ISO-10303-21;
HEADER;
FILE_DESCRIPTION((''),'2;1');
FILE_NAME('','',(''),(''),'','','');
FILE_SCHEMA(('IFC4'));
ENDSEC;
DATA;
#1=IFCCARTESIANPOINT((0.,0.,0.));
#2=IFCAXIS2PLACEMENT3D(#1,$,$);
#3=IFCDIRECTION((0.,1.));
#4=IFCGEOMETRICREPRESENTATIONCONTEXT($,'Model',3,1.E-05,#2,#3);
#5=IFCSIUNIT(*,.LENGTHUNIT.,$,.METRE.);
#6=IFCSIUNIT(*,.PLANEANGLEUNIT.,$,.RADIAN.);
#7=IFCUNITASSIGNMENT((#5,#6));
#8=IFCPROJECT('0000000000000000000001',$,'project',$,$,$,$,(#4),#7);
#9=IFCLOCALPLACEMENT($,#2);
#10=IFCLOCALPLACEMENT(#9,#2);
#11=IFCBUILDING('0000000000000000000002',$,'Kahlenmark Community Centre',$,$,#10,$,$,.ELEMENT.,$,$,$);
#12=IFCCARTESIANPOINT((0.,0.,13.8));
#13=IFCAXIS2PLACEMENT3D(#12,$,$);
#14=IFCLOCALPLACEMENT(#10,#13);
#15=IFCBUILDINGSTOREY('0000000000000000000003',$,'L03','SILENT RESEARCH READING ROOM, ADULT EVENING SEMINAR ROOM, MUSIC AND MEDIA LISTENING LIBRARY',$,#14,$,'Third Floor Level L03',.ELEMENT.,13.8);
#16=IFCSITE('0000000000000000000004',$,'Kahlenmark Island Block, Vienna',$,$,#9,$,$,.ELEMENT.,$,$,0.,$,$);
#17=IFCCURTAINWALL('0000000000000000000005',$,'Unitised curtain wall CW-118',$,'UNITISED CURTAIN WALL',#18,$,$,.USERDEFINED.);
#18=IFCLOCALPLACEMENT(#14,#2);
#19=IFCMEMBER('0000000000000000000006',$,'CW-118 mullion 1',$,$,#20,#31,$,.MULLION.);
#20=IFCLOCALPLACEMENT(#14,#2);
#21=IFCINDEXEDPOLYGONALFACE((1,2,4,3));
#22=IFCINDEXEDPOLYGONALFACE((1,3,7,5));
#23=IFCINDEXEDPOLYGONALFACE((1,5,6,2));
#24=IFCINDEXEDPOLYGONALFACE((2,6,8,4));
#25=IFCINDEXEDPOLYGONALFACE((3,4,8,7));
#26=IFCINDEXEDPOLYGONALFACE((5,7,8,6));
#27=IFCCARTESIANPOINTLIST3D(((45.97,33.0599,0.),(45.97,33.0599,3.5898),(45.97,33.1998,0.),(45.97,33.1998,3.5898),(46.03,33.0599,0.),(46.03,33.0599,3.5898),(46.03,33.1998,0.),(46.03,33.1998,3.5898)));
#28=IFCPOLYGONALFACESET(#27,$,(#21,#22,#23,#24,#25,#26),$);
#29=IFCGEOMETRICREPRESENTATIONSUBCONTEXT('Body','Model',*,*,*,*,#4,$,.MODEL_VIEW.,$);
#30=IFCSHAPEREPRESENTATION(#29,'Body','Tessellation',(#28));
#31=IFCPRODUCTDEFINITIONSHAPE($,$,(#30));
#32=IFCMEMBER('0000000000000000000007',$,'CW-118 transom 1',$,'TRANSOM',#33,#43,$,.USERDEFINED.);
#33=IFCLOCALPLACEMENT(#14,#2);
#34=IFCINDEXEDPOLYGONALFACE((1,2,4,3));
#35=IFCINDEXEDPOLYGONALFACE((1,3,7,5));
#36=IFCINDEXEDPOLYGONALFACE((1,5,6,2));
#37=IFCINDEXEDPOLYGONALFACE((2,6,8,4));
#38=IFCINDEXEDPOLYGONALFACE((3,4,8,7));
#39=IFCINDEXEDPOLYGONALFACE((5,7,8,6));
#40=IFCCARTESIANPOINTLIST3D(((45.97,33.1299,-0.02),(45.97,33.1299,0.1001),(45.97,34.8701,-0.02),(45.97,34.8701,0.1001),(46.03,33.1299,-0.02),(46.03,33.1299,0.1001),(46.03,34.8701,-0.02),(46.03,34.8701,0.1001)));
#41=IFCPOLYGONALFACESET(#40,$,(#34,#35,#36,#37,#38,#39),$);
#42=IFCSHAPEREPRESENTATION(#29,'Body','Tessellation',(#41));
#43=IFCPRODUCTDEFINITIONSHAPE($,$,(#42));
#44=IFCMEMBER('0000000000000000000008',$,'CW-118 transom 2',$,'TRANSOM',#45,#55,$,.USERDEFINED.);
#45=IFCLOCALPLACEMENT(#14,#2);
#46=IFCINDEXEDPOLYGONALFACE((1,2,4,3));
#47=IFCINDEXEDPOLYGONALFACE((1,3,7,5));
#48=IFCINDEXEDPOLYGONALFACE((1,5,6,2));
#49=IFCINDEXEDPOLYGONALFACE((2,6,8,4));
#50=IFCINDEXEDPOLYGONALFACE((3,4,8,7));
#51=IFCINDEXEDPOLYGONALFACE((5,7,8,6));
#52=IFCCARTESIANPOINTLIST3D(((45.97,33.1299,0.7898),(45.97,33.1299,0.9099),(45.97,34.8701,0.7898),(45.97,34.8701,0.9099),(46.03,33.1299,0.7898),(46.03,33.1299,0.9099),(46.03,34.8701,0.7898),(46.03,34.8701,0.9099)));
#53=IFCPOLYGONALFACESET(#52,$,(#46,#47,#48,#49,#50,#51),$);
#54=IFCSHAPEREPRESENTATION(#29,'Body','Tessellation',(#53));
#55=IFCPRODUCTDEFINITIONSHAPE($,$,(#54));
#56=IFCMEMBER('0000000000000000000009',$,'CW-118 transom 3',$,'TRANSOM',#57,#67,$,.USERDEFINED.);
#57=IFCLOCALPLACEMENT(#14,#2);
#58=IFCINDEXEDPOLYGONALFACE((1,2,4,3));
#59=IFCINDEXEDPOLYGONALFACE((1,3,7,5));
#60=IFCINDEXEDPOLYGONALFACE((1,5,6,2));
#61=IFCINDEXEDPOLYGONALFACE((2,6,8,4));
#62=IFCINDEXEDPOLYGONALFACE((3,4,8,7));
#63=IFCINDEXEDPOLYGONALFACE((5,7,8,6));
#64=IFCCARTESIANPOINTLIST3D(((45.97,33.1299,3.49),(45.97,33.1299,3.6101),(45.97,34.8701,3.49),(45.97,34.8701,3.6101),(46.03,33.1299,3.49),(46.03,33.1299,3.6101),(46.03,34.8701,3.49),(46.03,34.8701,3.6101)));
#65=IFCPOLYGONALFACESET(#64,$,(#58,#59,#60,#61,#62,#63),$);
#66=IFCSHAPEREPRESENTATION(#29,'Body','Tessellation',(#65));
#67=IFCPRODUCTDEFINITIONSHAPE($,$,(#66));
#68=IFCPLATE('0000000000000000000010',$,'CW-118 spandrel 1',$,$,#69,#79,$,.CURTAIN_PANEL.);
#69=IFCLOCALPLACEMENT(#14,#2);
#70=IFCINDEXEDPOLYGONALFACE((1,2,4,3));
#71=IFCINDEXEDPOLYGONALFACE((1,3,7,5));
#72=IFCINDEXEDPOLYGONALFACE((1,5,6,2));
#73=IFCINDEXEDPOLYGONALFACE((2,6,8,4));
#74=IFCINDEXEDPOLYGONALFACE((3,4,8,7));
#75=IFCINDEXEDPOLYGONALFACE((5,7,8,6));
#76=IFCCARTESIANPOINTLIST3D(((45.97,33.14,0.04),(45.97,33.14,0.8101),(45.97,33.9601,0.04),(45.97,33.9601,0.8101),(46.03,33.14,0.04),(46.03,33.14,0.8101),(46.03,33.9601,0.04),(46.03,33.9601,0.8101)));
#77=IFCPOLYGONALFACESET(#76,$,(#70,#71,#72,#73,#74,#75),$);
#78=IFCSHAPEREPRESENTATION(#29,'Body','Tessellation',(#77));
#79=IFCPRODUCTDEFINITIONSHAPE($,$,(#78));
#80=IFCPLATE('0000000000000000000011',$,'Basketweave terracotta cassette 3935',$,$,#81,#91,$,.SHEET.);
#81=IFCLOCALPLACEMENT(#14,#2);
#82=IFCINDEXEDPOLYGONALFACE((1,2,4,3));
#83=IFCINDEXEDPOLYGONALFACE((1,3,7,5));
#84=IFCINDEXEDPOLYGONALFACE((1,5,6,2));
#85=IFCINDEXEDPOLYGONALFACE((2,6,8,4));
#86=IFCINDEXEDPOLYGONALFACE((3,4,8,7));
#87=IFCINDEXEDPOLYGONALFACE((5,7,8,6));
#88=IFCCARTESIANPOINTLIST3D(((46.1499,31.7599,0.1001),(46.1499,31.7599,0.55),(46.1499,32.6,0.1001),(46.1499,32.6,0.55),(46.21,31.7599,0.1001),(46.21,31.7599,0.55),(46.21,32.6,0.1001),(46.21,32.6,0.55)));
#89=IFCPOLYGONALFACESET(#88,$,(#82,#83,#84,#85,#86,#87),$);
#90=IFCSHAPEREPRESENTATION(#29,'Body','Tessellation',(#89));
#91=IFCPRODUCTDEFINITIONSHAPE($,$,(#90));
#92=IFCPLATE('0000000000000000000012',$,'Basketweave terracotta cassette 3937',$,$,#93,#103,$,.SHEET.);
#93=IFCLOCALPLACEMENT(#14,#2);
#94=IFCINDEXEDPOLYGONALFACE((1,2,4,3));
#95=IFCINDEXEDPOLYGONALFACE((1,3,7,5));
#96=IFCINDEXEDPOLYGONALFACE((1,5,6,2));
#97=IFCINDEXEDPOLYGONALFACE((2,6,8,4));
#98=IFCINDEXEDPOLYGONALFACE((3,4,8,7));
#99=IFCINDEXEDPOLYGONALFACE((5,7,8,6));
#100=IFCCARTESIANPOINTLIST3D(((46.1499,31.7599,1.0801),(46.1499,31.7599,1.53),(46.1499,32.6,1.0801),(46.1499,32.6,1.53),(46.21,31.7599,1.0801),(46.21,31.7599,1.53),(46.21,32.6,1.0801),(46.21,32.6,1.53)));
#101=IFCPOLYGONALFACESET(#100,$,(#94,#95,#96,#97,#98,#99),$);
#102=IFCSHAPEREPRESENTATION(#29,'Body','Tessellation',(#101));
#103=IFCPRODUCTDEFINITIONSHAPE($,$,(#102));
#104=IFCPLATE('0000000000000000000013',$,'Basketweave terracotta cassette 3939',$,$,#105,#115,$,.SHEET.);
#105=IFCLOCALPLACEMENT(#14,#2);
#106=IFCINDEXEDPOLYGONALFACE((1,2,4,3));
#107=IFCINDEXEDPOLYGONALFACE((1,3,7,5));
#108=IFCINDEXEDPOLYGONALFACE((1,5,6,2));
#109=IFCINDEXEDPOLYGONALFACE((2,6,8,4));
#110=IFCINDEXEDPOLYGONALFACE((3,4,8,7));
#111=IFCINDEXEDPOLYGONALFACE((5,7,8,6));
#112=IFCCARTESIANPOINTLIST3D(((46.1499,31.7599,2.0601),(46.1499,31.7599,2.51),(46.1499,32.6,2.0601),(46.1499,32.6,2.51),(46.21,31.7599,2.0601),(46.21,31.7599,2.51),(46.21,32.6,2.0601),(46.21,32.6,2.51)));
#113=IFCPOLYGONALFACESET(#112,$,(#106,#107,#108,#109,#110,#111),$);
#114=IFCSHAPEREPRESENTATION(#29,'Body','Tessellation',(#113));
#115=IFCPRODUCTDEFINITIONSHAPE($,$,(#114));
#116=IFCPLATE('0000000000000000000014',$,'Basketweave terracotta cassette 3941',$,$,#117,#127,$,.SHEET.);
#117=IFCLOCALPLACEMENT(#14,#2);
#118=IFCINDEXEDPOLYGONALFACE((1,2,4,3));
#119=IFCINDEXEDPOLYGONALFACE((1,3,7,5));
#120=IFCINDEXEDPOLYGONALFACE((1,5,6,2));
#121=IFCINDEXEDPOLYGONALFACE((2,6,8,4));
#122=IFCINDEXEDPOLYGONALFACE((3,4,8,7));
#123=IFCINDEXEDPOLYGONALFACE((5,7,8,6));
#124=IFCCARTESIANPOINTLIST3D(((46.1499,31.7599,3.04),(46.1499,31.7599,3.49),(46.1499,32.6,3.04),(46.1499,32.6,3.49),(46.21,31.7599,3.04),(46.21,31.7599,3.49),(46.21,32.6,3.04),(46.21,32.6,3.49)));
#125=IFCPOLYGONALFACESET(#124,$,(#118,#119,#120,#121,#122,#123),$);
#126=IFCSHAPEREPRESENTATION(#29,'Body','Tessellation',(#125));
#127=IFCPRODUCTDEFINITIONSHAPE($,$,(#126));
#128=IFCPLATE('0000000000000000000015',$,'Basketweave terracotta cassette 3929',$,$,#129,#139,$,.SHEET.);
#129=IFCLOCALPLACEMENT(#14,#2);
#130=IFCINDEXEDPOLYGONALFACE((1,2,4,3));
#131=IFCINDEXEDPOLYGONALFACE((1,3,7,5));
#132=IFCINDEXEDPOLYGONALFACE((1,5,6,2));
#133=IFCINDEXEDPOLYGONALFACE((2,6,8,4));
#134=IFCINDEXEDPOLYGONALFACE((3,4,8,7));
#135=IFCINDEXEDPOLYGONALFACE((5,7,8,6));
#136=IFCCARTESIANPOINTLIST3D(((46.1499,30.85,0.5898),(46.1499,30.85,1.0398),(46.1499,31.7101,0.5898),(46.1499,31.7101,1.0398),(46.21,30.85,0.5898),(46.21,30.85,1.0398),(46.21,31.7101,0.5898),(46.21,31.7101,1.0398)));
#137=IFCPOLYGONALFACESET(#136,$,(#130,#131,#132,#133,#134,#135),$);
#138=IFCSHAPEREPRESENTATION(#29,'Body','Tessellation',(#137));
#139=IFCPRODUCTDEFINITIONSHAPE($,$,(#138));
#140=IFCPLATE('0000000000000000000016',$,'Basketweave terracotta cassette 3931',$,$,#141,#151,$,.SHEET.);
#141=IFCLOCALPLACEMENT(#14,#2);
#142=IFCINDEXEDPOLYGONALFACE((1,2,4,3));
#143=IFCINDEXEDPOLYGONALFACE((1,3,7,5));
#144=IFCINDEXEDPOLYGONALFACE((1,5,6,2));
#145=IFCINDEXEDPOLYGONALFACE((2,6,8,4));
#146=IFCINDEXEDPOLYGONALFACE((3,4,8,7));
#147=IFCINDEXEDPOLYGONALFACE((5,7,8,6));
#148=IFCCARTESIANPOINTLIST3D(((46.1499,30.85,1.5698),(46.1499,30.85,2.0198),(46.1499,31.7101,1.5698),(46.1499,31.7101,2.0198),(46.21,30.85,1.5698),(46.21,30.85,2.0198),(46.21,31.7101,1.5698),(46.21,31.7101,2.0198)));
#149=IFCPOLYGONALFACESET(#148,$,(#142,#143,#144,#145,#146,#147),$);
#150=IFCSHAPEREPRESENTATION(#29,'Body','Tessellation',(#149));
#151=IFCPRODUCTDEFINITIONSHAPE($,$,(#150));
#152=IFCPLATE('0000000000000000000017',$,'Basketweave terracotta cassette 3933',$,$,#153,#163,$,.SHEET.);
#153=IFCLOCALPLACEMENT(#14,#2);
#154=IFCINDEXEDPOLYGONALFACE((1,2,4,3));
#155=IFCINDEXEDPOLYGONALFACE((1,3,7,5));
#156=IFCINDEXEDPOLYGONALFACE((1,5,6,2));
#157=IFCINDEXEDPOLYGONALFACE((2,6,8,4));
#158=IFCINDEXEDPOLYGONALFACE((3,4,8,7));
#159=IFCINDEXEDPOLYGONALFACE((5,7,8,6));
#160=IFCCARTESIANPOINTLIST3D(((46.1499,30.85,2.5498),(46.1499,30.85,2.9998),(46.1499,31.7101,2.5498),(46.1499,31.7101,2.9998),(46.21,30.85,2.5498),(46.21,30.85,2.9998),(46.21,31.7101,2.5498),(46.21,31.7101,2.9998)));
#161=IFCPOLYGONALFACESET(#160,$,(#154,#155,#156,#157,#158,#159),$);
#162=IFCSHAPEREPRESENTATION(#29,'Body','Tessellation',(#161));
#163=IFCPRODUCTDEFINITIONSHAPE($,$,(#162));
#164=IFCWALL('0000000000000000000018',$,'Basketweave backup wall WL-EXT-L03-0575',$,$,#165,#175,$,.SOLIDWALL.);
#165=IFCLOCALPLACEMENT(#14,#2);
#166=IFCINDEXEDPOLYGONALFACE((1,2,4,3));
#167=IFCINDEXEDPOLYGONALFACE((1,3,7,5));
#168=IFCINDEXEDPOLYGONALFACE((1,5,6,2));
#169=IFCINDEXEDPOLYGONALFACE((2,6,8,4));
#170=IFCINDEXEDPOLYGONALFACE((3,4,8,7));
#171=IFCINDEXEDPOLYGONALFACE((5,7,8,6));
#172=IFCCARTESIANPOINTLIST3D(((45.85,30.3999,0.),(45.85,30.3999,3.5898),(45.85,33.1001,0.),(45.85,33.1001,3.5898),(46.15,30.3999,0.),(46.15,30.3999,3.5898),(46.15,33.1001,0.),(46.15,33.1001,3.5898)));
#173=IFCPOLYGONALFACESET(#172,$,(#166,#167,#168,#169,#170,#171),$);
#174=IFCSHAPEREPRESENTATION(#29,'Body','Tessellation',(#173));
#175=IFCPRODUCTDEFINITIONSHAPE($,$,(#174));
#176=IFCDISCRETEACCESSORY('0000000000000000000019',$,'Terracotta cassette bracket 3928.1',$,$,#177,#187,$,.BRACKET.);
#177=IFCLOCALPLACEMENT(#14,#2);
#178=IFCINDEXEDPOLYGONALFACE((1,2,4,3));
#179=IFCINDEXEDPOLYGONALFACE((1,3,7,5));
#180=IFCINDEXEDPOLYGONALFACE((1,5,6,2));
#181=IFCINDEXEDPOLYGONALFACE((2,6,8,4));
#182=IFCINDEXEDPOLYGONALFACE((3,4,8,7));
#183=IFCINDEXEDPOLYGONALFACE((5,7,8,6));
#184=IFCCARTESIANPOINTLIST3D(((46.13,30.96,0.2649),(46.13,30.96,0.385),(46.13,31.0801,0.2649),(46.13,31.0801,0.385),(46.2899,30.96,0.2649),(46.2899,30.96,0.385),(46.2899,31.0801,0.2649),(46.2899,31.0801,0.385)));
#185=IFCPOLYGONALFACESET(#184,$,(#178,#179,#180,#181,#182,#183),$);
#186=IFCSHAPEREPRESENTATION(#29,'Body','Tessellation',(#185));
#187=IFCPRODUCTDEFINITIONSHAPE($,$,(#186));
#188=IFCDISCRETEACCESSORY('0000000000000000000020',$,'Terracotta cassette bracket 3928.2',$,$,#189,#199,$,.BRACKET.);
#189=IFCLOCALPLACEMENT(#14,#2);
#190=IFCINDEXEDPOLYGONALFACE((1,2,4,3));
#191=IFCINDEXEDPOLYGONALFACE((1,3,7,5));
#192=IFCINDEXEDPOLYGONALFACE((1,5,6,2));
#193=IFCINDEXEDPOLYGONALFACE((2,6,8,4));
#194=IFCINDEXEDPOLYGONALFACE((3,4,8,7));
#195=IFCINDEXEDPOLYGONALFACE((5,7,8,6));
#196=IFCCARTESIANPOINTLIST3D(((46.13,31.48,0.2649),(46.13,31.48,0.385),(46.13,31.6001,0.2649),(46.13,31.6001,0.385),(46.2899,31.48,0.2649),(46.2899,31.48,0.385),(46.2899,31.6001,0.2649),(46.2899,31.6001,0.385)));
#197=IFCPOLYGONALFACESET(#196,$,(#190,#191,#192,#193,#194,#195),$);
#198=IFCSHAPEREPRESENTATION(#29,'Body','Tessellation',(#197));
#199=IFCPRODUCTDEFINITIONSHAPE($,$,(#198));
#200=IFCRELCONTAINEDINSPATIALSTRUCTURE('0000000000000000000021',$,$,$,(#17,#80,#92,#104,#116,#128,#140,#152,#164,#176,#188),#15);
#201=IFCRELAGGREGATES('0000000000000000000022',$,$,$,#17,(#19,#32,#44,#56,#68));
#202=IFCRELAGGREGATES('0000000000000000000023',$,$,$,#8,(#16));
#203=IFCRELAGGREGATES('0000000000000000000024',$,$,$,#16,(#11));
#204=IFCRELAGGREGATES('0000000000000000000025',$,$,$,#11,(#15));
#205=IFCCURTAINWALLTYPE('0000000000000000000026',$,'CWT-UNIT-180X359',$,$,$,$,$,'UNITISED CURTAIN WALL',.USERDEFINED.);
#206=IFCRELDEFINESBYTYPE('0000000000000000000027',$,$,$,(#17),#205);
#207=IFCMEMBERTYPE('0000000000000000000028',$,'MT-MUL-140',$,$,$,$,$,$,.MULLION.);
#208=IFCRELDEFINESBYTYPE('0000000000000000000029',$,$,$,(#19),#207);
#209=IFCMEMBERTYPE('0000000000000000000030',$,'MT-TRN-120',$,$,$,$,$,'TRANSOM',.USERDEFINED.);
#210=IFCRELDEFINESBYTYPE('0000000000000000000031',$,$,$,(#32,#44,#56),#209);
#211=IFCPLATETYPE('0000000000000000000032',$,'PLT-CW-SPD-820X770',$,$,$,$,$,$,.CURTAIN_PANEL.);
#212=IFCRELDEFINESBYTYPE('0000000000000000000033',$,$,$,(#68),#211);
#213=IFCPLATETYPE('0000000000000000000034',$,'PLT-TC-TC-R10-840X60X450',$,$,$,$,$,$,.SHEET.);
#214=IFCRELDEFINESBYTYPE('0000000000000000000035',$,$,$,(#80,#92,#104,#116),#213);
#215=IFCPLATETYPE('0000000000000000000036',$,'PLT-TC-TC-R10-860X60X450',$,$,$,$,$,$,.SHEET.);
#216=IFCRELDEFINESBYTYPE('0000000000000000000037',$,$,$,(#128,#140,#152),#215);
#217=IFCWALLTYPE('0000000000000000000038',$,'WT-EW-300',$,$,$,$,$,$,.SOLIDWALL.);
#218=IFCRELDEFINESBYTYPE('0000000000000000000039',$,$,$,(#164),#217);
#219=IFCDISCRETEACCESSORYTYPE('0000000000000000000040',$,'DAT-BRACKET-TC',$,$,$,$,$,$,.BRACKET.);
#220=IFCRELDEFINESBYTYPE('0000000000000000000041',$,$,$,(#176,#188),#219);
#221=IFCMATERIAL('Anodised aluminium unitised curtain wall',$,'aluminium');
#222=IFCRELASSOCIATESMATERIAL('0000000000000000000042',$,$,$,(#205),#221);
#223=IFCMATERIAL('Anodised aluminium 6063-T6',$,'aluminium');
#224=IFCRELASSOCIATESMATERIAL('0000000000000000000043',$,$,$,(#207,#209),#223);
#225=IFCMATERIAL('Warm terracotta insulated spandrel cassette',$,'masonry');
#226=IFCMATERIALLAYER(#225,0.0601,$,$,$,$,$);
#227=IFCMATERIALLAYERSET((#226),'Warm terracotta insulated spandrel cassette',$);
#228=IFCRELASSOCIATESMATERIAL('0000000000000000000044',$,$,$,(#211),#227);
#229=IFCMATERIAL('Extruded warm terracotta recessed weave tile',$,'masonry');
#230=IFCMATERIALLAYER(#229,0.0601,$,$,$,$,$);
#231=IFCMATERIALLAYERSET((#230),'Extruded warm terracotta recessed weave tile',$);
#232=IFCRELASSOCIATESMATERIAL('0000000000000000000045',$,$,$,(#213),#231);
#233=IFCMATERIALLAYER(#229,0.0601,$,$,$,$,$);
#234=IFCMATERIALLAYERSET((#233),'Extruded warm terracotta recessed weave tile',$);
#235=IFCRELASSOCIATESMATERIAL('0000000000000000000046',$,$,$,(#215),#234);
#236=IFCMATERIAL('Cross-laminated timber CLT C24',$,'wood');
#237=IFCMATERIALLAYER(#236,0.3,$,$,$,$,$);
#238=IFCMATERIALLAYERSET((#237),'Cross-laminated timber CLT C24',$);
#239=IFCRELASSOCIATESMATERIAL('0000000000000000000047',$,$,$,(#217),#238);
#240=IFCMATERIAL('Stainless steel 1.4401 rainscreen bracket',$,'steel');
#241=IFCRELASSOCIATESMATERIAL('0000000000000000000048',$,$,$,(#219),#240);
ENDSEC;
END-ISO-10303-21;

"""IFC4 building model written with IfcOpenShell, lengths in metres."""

from ifc_helpers import new_model, si_unit, direction, frame, frame_2d, origin, origin_2d, place, context, subcontext, project, spatial, rectangle, extrude, material, layer, layer_set, material_profile, profile_set, type_object, element, aggregate, save


model = new_model("IFC4")

# Units and contexts
model_context = context("Model", 3, precision=1e-05, world=origin(), true_north=direction((0.0, 1.0)))
body_context = subcontext(model_context, "Body", "Model", "MODEL_VIEW")
ifc_project = project(units=[si_unit("LENGTHUNIT", "METRE"), si_unit("PLANEANGLEUNIT", "RADIAN")], contexts=[model_context])

# Site, building, storey
site_placement = place(None, origin())
site = spatial("IfcSite", under=ifc_project, at=site_placement, Name="Kahlenmark Island Block, Vienna", CompositionType="ELEMENT", RefElevation=0.0)
building_placement = place(site_placement, origin())
building = spatial("IfcBuilding", under=site, at=building_placement, Name="Kahlenmark Community Centre", CompositionType="ELEMENT")
storey_placement = place(building_placement, frame((0.0, 0.0, 13.8)))
storey = spatial("IfcBuildingStorey", under=building, at=storey_placement, Name="L03", Description="SILENT RESEARCH READING ROOM, ADULT EVENING SEMINAR ROOM, MUSIC AND MEDIA LISTENING LIBRARY", LongName="Third Floor Level L03", CompositionType="ELEMENT", Elevation=13.8)

# Curtain wall, members, plate
ifc_material_1 = material(Name="Anodised aluminium unitised curtain wall", Category="aluminium")
curtain_wall_type = type_object("IfcCurtainWallType", Name="CWT-UNIT-180X359", ElementType="UNITISED CURTAIN WALL", PredefinedType="USERDEFINED", material=ifc_material_1)
curtain_wall_placement = place(storey_placement, origin())
curtain_wall = element("IfcCurtainWall", 1, at=curtain_wall_placement, inside=storey, type_object=curtain_wall_type, Name="Unitised curtain wall CW-118", ObjectType="UNITISED CURTAIN WALL", PredefinedType="USERDEFINED")
ifc_material_2 = material(Name="Anodised aluminium 6063-T6", Category="aluminium")
ifc_material_profile_1 = material_profile(ifc_material_2, rectangle(XDim=0.0601, YDim=0.1399, at=origin_2d()), Name="ALU MULLION 60x140")
ifc_profile_set_1 = profile_set([ifc_material_profile_1], Name="Anodised aluminium 6063-T6")
member_type_1 = type_object("IfcMemberType", Name="MT-MUL-140", PredefinedType="MULLION", material=ifc_profile_set_1)
member_1_placement = place(storey_placement, frame((46.0, 33.1299, 0.0), z_axis=(0.0, 0.0, 1.0), x_axis=(-1.0, 0.0, 0.0)))
member_1 = element("IfcMember", 2, at=member_1_placement, type_object=member_type_1, Name="CW-118 mullion 1", PredefinedType="MULLION", context=body_context, shape_type="SweptSolid", body=[
    extrude(rectangle(XDim=0.0601, YDim=0.1399, at=origin_2d()), origin(), (0.0, 0.0, 1.0), 3.5898),
])
ifc_material_profile_2 = material_profile(ifc_material_2, rectangle(XDim=0.0601, YDim=0.1201, at=origin_2d()), Name="ALU TRANSOM 60x120")
ifc_profile_set_2 = profile_set([ifc_material_profile_2], Name="Anodised aluminium 6063-T6")
member_type_2 = type_object("IfcMemberType", Name="MT-TRN-120", ElementType="TRANSOM", PredefinedType="USERDEFINED", material=ifc_profile_set_2)
member_2_placement = place(storey_placement, frame((46.0, 33.1299, 0.04), z_axis=(0.0, 1.0, 0.0), x_axis=(-1.0, 0.0, 0.0)))
member_2 = element("IfcMember", 3, at=member_2_placement, type_object=member_type_2, Name="CW-118 transom 1", ObjectType="TRANSOM", PredefinedType="USERDEFINED", context=body_context, shape_type="SweptSolid", body=[
    extrude(rectangle(XDim=0.0601, YDim=0.1201, at=origin_2d()), origin(), (0.0, 0.0, 1.0), 1.7402),
])
member_3_placement = place(storey_placement, frame((46.0, 33.1299, 0.8499), z_axis=(0.0, 1.0, 0.0), x_axis=(-1.0, 0.0, 0.0)))
member_3 = element("IfcMember", 4, at=member_3_placement, type_object=member_type_2, Name="CW-118 transom 2", ObjectType="TRANSOM", PredefinedType="USERDEFINED", context=body_context, shape_type="SweptSolid", body=[
    extrude(rectangle(XDim=0.0601, YDim=0.1201, at=origin_2d()), origin(), (0.0, 0.0, 1.0), 1.7402),
])
member_4_placement = place(storey_placement, frame((46.0, 33.1299, 3.55), z_axis=(0.0, 1.0, 0.0), x_axis=(-1.0, 0.0, 0.0)))
member_4 = element("IfcMember", 5, at=member_4_placement, type_object=member_type_2, Name="CW-118 transom 3", ObjectType="TRANSOM", PredefinedType="USERDEFINED", context=body_context, shape_type="SweptSolid", body=[
    extrude(rectangle(XDim=0.0601, YDim=0.1201, at=origin_2d()), origin(), (0.0, 0.0, 1.0), 1.7402),
])
ifc_material_3 = material(Name="Warm terracotta insulated spandrel cassette", Category="masonry")
ifc_layer_1 = layer(ifc_material_3, 0.0601)
ifc_layer_set_1 = layer_set([ifc_layer_1], Name="Warm terracotta insulated spandrel cassette")
plate_type_1 = type_object("IfcPlateType", Name="PLT-CW-SPD-820X770", PredefinedType="CURTAIN_PANEL", material=ifc_layer_set_1)
plate_placement = place(storey_placement, frame((46.0, 33.55, 0.04), z_axis=(0.0, 0.0, 1.0), x_axis=(0.0, 1.0, 0.0)))
plate = element("IfcPlate", 6, at=plate_placement, type_object=plate_type_1, Name="CW-118 spandrel 1", PredefinedType="CURTAIN_PANEL", context=body_context, shape_type="SweptSolid", body=[
    extrude(rectangle(XDim=0.8201, YDim=0.0601, at=origin_2d()), origin(), (0.0, 0.0, 1.0), 0.77),
])
aggregate(curtain_wall, [member_1, member_2, member_3, member_4, plate])

# Plates
ifc_material_4 = material(Name="Extruded warm terracotta recessed weave tile", Category="masonry")
ifc_layer_2 = layer(ifc_material_4, 0.0601)
ifc_layer_set_2 = layer_set([ifc_layer_2], Name="Extruded warm terracotta recessed weave tile")
plate_type_2 = type_object("IfcPlateType", Name="PLT-TC-TC-R10-840X60X450", PredefinedType="SHEET", material=ifc_layer_set_2)
for number, where, z_axis, x_axis, name in (
    (7, (46.1799, 32.1799, 0.1001), (0.0, 0.0, 1.0), (0.0, 1.0, 0.0), "Basketweave terracotta cassette 3935"),
    (8, (46.1799, 32.1799, 1.0801), (0.0, 0.0, 1.0), (0.0, 1.0, 0.0), "Basketweave terracotta cassette 3937"),
    (9, (46.1799, 32.1799, 2.0601), (0.0, 0.0, 1.0), (0.0, 1.0, 0.0), "Basketweave terracotta cassette 3939"),
    (10, (46.1799, 32.1799, 3.04), (0.0, 0.0, 1.0), (0.0, 1.0, 0.0), "Basketweave terracotta cassette 3941"),
):
    element("IfcPlate", number, at=place(storey_placement, frame(where, z_axis=z_axis, x_axis=x_axis)), inside=storey, type_object=plate_type_2, Name=name, PredefinedType="SHEET", context=body_context, shape_type="SweptSolid", body=[
        extrude(rectangle(XDim=0.8401, YDim=0.0601, at=origin_2d()), origin(), (0.0, 0.0, 1.0), 0.45),
    ])
ifc_layer_3 = layer(ifc_material_4, 0.0601)
ifc_layer_set_3 = layer_set([ifc_layer_3], Name="Extruded warm terracotta recessed weave tile")
plate_type_3 = type_object("IfcPlateType", Name="PLT-TC-TC-R10-860X60X450", PredefinedType="SHEET", material=ifc_layer_set_3)
for number, where, z_axis, x_axis, name in (
    (11, (46.1799, 31.28, 0.5898), (0.0, 0.0, 1.0), (0.0, 1.0, 0.0), "Basketweave terracotta cassette 3929"),
    (12, (46.1799, 31.28, 1.5698), (0.0, 0.0, 1.0), (0.0, 1.0, 0.0), "Basketweave terracotta cassette 3931"),
    (13, (46.1799, 31.28, 2.5498), (0.0, 0.0, 1.0), (0.0, 1.0, 0.0), "Basketweave terracotta cassette 3933"),
):
    element("IfcPlate", number, at=place(storey_placement, frame(where, z_axis=z_axis, x_axis=x_axis)), inside=storey, type_object=plate_type_3, Name=name, PredefinedType="SHEET", context=body_context, shape_type="SweptSolid", body=[
        extrude(rectangle(XDim=0.8601, YDim=0.0601, at=origin_2d()), origin(), (0.0, 0.0, 1.0), 0.45),
    ])

# Wall
ifc_material_5 = material(Name="Cross-laminated timber CLT C24", Category="wood")
ifc_layer_4 = layer(ifc_material_5, 0.3)
ifc_layer_set_4 = layer_set([ifc_layer_4], Name="Cross-laminated timber CLT C24")
wall_type = type_object("IfcWallType", Name="WT-EW-300", PredefinedType="SOLIDWALL", material=ifc_layer_set_4)
wall_placement = place(storey_placement, frame((46.0, 30.3999, 0.0), z_axis=(0.0, 0.0, 1.0), x_axis=(0.0, 1.0, 0.0)))
element("IfcWall", 14, at=wall_placement, inside=storey, type_object=wall_type, Name="Basketweave backup wall WL-EXT-L03-0575", PredefinedType="SOLIDWALL", context=body_context, shape_type="SweptSolid", body=[
    extrude(rectangle(XDim=2.7002, YDim=0.3, at=frame_2d((1.3501, 0.0))), origin(), (0.0, 0.0, 1.0), 3.5898),
])

# Discrete accessories
ifc_material_6 = material(Name="Stainless steel 1.4401 rainscreen bracket", Category="steel")
discrete_accessory_type = type_object("IfcDiscreteAccessoryType", Name="DAT-BRACKET-TC", PredefinedType="BRACKET", material=ifc_material_6)
for number, where, z_axis, x_axis, name in (
    (15, (46.21, 31.02, 0.2649), (0.0, 0.0, 1.0), (0.0, 1.0, 0.0), "Terracotta cassette bracket 3928.1"),
    (16, (46.21, 31.54, 0.2649), (0.0, 0.0, 1.0), (0.0, 1.0, 0.0), "Terracotta cassette bracket 3928.2"),
):
    element("IfcDiscreteAccessory", number, at=place(storey_placement, frame(where, z_axis=z_axis, x_axis=x_axis)), inside=storey, type_object=discrete_accessory_type, Name=name, PredefinedType="BRACKET", context=body_context, shape_type="SweptSolid", body=[
        extrude(rectangle(XDim=0.1201, YDim=0.1599, at=origin_2d()), origin(), (0.0, 0.0, 1.0), 0.1201),
    ])

save(model, "model.ifc")
